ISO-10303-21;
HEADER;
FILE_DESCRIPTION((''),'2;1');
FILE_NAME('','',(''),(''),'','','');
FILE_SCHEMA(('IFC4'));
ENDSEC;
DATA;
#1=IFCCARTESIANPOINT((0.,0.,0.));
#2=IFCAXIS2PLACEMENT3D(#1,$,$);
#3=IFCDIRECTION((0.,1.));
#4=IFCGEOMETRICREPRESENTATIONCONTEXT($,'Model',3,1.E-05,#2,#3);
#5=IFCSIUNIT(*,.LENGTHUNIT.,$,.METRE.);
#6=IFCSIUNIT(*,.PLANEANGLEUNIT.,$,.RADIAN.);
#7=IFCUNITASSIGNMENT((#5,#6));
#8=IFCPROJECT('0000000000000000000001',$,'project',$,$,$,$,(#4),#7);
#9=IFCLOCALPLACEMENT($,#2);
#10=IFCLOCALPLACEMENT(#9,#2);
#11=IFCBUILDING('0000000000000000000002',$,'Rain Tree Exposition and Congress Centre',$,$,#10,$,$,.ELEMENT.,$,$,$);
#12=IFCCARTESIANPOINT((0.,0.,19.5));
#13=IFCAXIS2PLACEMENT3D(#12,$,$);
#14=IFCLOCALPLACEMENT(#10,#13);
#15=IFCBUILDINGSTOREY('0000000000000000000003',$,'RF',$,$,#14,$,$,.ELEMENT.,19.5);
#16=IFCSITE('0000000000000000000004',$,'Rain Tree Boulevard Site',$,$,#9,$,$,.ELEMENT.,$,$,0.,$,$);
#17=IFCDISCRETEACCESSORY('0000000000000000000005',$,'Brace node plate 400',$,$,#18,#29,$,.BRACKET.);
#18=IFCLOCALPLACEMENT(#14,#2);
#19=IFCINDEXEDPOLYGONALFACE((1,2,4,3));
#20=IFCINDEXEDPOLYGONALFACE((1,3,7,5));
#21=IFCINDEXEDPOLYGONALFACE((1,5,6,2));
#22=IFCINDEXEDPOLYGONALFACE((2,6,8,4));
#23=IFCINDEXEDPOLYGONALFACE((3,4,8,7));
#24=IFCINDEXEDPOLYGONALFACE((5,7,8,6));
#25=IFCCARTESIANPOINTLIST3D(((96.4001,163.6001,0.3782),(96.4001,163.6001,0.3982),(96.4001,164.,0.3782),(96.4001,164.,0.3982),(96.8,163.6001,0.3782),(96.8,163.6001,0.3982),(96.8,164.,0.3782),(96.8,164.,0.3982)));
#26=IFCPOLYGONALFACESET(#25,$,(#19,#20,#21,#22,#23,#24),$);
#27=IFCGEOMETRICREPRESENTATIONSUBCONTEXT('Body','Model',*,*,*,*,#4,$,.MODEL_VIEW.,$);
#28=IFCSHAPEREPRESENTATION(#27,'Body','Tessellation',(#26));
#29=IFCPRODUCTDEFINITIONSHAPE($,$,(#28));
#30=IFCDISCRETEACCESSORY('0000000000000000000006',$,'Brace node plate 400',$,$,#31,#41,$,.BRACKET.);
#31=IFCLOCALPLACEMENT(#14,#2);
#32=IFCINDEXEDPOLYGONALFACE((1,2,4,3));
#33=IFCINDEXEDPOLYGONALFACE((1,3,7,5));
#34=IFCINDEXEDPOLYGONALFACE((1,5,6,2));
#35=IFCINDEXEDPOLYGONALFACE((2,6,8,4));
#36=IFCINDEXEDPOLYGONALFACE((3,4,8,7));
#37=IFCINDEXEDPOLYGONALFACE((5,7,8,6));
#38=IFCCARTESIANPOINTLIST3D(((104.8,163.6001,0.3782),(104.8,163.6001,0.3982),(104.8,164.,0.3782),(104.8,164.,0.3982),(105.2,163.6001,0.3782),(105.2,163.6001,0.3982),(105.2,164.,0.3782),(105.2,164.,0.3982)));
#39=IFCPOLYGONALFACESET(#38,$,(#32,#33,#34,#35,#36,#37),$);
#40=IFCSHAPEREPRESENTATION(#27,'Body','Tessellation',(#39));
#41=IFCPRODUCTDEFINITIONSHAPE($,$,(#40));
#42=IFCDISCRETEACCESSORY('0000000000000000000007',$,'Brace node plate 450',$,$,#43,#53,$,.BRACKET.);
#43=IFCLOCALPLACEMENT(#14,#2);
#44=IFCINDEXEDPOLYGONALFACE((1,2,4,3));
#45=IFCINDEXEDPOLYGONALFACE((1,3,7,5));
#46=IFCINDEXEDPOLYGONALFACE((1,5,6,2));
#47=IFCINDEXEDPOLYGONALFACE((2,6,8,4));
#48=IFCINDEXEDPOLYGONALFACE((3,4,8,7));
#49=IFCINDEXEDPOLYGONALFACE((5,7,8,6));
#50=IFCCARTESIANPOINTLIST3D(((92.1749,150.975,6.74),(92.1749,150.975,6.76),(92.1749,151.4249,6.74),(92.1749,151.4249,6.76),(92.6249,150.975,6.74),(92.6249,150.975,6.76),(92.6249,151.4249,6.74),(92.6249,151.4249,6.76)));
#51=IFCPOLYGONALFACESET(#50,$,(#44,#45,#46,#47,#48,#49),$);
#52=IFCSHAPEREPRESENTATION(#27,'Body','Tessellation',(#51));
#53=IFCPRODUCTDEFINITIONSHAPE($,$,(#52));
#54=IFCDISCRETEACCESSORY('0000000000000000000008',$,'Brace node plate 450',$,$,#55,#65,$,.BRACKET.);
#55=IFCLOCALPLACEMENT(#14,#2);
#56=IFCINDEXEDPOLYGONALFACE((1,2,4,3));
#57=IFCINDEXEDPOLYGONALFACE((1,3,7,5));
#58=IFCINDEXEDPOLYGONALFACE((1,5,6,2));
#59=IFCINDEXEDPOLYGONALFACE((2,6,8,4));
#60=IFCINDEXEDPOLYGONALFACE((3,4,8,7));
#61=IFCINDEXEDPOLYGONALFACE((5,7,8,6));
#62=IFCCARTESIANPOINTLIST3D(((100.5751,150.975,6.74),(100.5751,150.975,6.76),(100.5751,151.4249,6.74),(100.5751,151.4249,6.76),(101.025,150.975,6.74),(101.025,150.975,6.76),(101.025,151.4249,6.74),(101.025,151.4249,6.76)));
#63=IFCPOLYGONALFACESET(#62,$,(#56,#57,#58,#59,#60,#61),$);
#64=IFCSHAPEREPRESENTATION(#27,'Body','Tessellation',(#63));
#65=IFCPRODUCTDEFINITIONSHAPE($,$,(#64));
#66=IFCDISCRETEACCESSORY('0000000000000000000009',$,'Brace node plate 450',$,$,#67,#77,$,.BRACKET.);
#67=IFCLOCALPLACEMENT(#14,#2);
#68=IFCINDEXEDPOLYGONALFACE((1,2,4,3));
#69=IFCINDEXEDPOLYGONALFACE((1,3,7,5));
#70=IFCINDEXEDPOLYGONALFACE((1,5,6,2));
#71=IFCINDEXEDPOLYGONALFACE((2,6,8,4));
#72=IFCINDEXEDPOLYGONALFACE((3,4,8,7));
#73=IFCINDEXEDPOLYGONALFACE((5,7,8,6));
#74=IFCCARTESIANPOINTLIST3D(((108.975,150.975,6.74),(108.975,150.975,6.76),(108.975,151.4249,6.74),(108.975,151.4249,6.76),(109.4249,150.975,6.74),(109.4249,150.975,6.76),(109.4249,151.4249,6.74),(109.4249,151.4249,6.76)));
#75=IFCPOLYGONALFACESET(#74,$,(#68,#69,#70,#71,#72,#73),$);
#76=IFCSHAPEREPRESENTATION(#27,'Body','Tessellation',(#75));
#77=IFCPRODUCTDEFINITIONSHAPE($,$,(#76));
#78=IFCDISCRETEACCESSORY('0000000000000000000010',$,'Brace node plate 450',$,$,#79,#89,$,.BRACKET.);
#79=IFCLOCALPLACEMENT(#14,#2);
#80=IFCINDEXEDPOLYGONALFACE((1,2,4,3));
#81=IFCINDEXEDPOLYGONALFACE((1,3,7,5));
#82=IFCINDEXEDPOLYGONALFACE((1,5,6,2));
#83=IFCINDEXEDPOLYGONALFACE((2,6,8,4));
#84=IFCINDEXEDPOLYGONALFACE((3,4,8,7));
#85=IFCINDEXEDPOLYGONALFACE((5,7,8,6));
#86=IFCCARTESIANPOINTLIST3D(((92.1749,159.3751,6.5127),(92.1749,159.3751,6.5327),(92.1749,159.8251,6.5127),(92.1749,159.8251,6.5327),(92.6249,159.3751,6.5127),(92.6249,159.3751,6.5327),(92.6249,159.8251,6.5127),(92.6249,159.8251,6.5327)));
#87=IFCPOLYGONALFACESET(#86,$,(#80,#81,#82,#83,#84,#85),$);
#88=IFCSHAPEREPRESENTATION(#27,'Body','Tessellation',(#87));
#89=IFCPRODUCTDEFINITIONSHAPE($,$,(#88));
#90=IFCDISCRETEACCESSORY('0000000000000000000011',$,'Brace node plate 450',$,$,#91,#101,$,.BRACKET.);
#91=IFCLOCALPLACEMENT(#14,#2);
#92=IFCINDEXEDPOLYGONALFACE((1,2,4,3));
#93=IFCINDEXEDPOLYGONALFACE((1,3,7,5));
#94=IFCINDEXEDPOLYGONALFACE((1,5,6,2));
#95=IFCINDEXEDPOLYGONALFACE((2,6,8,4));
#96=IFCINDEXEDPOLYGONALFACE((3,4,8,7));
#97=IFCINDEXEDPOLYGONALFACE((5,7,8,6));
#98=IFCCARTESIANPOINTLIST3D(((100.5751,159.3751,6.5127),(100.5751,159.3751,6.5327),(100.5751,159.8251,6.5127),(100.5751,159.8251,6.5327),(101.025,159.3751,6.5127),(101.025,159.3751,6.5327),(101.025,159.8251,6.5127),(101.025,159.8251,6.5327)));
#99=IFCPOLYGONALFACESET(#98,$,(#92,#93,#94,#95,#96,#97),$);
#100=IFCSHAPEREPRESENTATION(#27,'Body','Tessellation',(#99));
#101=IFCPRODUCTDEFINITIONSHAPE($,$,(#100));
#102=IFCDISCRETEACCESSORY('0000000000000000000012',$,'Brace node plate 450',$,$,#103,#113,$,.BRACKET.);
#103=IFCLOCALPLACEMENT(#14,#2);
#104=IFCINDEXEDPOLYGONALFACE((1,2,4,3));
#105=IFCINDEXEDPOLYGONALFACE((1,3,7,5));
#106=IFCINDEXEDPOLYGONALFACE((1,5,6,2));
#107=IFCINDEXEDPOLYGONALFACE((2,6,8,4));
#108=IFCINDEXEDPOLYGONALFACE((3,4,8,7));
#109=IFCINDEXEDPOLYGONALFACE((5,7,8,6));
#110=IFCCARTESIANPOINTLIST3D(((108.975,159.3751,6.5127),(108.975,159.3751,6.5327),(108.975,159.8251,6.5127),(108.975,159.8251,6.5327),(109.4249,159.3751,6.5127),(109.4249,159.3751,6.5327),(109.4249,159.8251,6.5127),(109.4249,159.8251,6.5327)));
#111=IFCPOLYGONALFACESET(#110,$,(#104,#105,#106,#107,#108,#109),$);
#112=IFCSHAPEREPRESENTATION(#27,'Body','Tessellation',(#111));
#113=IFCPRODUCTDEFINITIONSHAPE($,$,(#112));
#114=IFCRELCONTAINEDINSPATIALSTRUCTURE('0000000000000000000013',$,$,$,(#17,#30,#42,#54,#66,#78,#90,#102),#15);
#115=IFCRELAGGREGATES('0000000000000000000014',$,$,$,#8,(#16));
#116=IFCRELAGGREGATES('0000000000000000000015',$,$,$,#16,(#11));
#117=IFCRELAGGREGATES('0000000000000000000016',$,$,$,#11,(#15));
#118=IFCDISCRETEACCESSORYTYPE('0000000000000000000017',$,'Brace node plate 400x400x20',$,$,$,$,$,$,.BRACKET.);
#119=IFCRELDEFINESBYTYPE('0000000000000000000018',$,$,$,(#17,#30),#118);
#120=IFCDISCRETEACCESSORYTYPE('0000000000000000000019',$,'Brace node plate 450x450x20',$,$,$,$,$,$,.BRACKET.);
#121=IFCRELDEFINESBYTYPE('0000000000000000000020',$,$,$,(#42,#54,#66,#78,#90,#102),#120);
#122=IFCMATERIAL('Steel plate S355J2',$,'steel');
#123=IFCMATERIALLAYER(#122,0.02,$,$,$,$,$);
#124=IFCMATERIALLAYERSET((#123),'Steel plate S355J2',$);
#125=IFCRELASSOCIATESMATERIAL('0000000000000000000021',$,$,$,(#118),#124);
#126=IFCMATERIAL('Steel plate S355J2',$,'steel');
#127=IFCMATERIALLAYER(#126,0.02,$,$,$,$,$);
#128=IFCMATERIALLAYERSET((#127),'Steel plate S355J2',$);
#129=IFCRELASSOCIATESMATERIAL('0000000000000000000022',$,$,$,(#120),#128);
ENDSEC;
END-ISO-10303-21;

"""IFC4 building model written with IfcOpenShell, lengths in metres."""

from ifc_helpers import new_model, si_unit, direction, frame, origin, origin_2d, place, context, subcontext, project, spatial, rectangle, extrude, material, layer, layer_set, type_object, element, save


model = new_model("IFC4")

# Units and contexts
model_context = context("Model", 3, precision=1e-05, world=origin(), true_north=direction((0.0, 1.0)))
body_context = subcontext(model_context, "Body", "Model", "MODEL_VIEW")
ifc_project = project(units=[si_unit("LENGTHUNIT", "METRE"), si_unit("PLANEANGLEUNIT", "RADIAN")], contexts=[model_context])

# Site, building, storey
site_placement = place(None, origin())
site = spatial("IfcSite", under=ifc_project, at=site_placement, Name="Rain Tree Boulevard Site", CompositionType="ELEMENT", RefElevation=0.0)
building_placement = place(site_placement, origin())
building = spatial("IfcBuilding", under=site, at=building_placement, Name="Rain Tree Exposition and Congress Centre", CompositionType="ELEMENT")
storey_placement = place(building_placement, frame((0.0, 0.0, 19.5)))
storey = spatial("IfcBuildingStorey", under=building, at=storey_placement, Name="RF", CompositionType="ELEMENT", Elevation=19.5)

# Discrete accessories
ifc_material_1 = material(Name="Steel plate S355J2", Category="steel")
ifc_layer_1 = layer(ifc_material_1, 0.02)
ifc_layer_set_1 = layer_set([ifc_layer_1], Name="Steel plate S355J2")
discrete_accessory_type_1 = type_object("IfcDiscreteAccessoryType", Name="Brace node plate 400x400x20", PredefinedType="BRACKET", material=ifc_layer_set_1)
for number, where, z_axis, x_axis, name in (
    (1, (96.6001, 163.8, 0.3782), (0.0, 0.0, 1.0), (1.0, 0.0, 0.0), "Brace node plate 400"),
    (2, (105.0, 163.8, 0.3782), (0.0, 0.0, 1.0), (1.0, 0.0, 0.0), "Brace node plate 400"),
):
    element("IfcDiscreteAccessory", number, at=place(storey_placement, frame(where, z_axis=z_axis, x_axis=x_axis)), inside=storey, type_object=discrete_accessory_type_1, Name=name, PredefinedType="BRACKET", context=body_context, shape_type="SweptSolid", body=[
        extrude(rectangle(XDim=0.3999, YDim=0.3999, at=origin_2d()), origin(), (0.0, 0.0, 1.0), 0.02),
    ])
ifc_material_2 = material(Name="Steel plate S355J2", Category="steel")
ifc_layer_2 = layer(ifc_material_2, 0.02)
ifc_layer_set_2 = layer_set([ifc_layer_2], Name="Steel plate S355J2")
discrete_accessory_type_2 = type_object("IfcDiscreteAccessoryType", Name="Brace node plate 450x450x20", PredefinedType="BRACKET", material=ifc_layer_set_2)
for number, where, z_axis, x_axis, name in (
    (3, (92.3999, 151.2, 6.74), (0.0, 0.0, 1.0), (1.0, 0.0, 0.0), "Brace node plate 450"),
    (4, (100.8, 151.2, 6.74), (0.0, 0.0, 1.0), (1.0, 0.0, 0.0), "Brace node plate 450"),
    (5, (109.2, 151.2, 6.74), (0.0, 0.0, 1.0), (1.0, 0.0, 0.0), "Brace node plate 450"),
    (6, (92.3999, 159.6001, 6.5127), (0.0, 0.0, 1.0), (1.0, 0.0, 0.0), "Brace node plate 450"),
    (7, (100.8, 159.6001, 6.5127), (0.0, 0.0, 1.0), (1.0, 0.0, 0.0), "Brace node plate 450"),
    (8, (109.2, 159.6001, 6.5127), (0.0, 0.0, 1.0), (1.0, 0.0, 0.0), "Brace node plate 450"),
):
    element("IfcDiscreteAccessory", number, at=place(storey_placement, frame(where, z_axis=z_axis, x_axis=x_axis)), inside=storey, type_object=discrete_accessory_type_2, Name=name, PredefinedType="BRACKET", context=body_context, shape_type="SweptSolid", body=[
        extrude(rectangle(XDim=0.45, YDim=0.45, at=origin_2d()), origin(), (0.0, 0.0, 1.0), 0.02),
    ])

save(model, "model.ifc")
